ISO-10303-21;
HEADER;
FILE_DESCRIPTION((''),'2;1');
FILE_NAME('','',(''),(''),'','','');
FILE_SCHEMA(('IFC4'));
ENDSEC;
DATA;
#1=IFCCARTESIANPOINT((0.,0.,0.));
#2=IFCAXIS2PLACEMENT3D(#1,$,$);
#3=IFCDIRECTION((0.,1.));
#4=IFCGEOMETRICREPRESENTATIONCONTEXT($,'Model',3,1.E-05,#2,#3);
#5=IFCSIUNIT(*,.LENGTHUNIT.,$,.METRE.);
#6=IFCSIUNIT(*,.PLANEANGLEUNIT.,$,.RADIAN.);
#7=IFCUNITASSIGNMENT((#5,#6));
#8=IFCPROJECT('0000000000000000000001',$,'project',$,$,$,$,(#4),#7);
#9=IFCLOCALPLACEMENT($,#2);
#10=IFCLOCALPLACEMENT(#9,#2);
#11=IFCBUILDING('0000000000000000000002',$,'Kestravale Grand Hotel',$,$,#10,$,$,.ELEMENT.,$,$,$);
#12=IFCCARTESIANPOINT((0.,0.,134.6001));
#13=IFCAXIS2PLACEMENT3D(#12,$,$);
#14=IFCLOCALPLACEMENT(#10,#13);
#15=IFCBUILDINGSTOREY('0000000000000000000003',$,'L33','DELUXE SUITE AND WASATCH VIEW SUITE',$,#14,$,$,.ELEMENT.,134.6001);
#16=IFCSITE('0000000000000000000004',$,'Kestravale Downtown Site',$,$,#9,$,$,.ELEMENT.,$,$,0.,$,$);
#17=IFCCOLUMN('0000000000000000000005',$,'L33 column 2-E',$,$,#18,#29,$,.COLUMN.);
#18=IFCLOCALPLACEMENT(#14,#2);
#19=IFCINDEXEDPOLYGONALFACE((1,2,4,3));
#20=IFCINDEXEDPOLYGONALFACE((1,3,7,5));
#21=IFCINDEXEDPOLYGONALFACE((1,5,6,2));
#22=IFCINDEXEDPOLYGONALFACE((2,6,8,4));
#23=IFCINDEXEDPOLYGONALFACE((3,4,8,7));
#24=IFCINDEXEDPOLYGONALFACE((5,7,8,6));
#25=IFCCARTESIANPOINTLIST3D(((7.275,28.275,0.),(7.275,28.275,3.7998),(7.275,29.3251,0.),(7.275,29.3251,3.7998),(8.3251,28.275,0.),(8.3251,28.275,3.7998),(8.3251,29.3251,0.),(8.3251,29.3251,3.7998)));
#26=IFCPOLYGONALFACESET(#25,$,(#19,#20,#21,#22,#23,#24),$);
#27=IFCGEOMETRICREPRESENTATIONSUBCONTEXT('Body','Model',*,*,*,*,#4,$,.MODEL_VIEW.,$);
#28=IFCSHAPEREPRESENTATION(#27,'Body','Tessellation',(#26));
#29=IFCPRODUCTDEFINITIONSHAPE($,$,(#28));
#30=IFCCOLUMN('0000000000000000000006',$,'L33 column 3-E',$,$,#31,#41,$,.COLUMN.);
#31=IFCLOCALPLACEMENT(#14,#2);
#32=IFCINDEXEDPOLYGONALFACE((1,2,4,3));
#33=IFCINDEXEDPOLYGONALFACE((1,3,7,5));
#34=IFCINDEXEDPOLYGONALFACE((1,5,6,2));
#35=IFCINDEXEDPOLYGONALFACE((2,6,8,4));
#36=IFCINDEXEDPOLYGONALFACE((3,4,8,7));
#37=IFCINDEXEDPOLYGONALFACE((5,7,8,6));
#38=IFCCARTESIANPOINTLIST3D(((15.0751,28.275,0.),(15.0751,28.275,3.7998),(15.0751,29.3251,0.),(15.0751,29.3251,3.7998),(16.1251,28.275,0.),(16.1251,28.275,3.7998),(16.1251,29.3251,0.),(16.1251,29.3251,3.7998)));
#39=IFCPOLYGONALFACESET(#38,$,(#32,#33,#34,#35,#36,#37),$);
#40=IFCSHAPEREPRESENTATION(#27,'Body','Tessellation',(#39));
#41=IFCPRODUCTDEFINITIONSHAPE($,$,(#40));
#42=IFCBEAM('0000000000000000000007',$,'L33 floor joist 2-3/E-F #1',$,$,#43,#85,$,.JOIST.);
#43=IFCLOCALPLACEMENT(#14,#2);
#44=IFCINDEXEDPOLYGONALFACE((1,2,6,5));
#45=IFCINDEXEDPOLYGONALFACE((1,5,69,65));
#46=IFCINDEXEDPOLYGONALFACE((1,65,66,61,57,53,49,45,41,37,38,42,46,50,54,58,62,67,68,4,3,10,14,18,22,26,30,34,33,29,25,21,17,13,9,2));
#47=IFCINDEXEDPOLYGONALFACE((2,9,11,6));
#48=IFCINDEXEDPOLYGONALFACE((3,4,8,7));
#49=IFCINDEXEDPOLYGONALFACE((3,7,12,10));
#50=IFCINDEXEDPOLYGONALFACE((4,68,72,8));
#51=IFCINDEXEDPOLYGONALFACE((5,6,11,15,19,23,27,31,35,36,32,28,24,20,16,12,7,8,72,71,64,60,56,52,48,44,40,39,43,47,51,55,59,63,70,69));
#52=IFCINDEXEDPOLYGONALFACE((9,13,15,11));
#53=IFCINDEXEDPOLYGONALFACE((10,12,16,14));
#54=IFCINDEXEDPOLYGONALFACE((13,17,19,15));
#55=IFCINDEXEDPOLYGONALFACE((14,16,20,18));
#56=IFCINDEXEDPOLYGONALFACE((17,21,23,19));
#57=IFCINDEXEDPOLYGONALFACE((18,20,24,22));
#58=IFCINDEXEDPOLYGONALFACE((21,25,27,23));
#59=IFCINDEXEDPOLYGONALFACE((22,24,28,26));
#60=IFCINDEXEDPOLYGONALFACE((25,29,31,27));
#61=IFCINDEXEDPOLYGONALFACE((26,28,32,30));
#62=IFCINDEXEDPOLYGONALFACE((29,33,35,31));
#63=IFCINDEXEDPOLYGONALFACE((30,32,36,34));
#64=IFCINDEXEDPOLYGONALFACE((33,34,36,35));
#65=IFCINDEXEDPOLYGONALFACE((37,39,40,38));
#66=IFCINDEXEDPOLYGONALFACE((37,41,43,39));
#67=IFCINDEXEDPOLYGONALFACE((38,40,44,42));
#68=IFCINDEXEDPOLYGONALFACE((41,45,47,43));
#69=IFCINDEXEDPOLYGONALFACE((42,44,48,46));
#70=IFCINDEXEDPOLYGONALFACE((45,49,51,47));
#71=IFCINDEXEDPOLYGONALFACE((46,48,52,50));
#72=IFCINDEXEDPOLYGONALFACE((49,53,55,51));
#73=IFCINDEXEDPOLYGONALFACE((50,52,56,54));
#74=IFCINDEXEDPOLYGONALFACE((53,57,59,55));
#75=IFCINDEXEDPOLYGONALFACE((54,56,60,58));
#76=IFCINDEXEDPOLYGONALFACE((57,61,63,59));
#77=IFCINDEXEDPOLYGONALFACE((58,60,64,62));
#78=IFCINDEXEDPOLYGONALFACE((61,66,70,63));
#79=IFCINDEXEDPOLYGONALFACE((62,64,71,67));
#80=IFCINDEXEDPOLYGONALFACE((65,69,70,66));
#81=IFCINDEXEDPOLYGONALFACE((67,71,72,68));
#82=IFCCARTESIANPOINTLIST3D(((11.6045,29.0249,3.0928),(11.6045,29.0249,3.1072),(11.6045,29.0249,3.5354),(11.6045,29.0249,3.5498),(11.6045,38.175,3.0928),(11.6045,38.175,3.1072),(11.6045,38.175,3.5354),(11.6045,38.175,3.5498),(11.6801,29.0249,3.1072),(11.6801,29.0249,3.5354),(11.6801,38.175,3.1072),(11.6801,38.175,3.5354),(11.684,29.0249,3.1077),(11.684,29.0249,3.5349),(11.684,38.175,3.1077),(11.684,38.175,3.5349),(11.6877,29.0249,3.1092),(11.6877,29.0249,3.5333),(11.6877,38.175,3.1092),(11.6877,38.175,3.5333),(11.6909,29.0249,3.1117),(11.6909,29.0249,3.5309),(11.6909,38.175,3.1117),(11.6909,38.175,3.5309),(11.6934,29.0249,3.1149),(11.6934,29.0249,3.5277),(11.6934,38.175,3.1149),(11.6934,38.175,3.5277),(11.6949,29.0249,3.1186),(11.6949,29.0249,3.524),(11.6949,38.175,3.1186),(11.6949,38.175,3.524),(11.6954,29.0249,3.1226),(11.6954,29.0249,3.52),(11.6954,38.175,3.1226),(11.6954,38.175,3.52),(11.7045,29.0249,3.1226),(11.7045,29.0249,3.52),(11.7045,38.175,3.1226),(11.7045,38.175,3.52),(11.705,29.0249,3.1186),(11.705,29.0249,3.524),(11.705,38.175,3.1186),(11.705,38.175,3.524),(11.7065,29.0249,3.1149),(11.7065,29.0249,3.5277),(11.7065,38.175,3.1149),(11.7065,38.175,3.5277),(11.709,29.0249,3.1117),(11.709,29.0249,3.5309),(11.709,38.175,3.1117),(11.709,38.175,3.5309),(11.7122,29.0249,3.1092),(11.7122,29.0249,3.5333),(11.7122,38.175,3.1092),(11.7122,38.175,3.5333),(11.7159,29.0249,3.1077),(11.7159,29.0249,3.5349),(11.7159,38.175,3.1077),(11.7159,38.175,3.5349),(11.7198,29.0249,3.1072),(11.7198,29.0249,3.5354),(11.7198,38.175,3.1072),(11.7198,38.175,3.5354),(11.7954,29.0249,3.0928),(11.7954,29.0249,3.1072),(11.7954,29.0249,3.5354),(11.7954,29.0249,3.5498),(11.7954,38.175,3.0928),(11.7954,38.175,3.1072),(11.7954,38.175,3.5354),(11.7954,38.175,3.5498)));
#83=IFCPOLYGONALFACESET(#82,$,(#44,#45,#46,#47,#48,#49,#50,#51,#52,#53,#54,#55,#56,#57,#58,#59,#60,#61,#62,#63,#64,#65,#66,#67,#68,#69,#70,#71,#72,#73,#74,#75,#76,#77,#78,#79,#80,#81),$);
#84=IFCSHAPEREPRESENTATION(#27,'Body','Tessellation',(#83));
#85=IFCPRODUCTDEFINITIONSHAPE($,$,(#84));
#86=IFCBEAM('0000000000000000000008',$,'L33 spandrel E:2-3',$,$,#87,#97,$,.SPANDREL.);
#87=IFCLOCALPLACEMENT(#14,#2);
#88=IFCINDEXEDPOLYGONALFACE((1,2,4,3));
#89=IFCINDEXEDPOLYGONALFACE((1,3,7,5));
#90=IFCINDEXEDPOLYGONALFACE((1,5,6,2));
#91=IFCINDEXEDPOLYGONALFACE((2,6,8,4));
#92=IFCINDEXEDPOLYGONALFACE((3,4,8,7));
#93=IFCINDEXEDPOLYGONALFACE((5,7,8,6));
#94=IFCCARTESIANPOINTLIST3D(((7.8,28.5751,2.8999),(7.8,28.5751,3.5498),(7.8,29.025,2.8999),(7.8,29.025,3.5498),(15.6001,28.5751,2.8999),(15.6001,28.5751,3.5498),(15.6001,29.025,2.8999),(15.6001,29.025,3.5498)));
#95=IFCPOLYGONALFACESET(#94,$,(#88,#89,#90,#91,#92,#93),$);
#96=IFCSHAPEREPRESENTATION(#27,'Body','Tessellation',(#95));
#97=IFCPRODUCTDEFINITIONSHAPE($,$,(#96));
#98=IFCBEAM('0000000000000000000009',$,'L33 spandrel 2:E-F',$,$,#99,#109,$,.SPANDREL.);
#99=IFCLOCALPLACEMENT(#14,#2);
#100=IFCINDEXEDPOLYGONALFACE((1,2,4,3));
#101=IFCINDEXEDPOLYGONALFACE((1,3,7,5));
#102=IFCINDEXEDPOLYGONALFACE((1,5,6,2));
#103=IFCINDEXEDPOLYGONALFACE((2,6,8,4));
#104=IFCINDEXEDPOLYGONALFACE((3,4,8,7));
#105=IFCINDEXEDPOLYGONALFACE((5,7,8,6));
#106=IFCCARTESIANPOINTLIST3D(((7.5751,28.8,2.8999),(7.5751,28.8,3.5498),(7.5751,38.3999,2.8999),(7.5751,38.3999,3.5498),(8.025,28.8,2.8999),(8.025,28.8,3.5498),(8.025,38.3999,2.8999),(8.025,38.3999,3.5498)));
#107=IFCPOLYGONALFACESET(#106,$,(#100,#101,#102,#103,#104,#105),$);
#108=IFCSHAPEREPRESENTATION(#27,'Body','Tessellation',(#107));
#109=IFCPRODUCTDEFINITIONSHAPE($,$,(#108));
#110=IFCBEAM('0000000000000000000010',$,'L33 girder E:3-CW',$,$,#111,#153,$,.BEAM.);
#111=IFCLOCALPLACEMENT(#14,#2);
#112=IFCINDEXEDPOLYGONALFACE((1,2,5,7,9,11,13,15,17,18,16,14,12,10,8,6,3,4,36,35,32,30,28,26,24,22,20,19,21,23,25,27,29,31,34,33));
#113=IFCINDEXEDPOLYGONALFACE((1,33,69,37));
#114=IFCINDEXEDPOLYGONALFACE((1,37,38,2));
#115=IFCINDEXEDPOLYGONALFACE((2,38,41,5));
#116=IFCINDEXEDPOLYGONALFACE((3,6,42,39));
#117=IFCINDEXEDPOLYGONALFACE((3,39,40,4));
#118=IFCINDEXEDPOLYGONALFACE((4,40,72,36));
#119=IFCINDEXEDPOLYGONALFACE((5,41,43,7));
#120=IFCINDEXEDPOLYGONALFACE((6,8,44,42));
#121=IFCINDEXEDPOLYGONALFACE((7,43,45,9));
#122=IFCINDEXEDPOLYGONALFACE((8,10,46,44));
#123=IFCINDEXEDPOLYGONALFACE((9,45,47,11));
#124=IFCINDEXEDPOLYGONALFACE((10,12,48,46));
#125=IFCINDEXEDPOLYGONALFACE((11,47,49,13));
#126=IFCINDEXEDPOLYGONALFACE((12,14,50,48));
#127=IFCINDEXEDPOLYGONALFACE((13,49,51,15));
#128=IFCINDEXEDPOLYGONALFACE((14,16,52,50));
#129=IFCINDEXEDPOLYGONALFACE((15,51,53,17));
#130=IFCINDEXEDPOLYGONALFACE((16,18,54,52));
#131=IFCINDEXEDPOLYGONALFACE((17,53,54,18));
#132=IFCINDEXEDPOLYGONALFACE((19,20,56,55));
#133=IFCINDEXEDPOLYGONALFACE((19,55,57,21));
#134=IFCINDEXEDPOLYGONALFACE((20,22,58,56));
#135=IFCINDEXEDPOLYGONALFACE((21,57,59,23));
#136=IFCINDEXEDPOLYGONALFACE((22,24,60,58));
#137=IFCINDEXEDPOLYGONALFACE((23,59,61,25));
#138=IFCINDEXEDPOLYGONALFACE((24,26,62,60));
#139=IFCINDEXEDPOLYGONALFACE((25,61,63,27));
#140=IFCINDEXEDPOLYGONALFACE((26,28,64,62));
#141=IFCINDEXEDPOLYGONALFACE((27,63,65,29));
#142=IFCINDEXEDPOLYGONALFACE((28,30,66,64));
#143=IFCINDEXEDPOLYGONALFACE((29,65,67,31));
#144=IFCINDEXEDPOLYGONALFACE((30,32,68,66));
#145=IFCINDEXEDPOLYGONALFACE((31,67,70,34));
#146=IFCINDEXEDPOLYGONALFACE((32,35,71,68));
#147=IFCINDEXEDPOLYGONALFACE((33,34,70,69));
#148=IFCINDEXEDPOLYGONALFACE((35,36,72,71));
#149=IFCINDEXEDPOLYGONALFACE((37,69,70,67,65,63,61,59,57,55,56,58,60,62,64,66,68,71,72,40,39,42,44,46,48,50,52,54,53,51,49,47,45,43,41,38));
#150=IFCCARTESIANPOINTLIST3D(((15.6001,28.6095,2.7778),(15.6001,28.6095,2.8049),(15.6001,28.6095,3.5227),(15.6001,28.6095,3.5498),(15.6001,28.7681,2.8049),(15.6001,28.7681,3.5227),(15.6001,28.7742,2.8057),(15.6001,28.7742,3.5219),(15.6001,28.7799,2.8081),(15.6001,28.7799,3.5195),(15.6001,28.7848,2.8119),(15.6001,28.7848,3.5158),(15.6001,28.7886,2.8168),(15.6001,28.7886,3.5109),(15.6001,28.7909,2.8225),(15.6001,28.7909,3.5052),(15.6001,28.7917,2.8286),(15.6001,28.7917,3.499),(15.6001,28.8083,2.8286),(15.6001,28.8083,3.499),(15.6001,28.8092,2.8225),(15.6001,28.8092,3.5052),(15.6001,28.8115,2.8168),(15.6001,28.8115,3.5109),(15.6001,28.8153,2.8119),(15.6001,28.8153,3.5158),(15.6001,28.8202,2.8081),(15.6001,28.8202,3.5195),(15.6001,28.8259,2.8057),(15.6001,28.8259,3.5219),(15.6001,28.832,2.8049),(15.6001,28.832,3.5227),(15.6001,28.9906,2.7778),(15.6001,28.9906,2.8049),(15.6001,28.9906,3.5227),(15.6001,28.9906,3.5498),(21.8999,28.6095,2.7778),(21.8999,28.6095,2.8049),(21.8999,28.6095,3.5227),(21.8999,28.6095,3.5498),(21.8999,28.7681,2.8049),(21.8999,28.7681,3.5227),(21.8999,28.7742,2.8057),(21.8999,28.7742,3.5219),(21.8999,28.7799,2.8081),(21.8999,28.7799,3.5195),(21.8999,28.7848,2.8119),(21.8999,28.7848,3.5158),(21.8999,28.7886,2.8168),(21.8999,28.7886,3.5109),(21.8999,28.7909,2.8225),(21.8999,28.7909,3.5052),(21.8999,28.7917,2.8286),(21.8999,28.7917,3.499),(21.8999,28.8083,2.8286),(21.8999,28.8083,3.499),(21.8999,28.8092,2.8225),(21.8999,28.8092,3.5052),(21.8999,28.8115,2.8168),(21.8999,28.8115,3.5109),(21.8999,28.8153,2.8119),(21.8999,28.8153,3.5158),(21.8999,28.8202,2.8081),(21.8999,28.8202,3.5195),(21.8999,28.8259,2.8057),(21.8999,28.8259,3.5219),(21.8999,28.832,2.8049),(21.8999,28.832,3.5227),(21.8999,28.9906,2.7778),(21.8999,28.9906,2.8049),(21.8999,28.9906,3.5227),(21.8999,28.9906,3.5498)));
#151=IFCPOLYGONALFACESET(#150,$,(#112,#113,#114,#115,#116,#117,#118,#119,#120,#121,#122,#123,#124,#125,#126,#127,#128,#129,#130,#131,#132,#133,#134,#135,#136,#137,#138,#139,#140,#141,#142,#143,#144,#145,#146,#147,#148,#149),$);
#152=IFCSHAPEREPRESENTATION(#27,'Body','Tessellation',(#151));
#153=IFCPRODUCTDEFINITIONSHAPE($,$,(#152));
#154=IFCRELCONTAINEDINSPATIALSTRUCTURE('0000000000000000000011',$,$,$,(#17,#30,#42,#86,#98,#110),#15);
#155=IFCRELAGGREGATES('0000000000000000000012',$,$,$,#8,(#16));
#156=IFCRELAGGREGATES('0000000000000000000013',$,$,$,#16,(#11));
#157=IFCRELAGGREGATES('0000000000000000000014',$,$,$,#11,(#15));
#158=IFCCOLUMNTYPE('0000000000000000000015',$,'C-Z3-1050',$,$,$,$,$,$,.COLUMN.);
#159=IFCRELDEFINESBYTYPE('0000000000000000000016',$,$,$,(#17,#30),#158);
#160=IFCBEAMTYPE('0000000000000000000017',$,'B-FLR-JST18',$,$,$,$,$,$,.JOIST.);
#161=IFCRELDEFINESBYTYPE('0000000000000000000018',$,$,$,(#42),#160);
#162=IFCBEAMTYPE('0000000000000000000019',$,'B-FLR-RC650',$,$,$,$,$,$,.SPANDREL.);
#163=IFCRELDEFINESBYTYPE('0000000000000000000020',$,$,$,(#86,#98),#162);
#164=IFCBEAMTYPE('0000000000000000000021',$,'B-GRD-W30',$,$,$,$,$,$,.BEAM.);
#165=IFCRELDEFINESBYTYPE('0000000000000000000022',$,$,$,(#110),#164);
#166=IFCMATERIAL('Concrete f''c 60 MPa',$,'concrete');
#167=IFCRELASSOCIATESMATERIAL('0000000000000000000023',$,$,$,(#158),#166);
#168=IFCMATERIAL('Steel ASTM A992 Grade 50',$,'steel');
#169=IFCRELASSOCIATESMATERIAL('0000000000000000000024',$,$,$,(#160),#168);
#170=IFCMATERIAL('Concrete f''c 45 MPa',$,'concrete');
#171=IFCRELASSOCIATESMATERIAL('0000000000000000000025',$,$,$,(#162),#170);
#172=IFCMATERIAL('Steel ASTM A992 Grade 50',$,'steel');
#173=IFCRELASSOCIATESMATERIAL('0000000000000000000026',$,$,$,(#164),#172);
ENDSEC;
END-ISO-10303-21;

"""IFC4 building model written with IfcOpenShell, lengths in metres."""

from ifc_helpers import new_model, si_unit, direction, frame, origin, origin_2d, place, context, subcontext, project, spatial, rectangle, i_section, extrude, material, material_profile, profile_set, type_object, element, save


model = new_model("IFC4")

# Units and contexts
model_context = context("Model", 3, precision=1e-05, world=origin(), true_north=direction((0.0, 1.0)))
body_context = subcontext(model_context, "Body", "Model", "MODEL_VIEW")
ifc_project = project(units=[si_unit("LENGTHUNIT", "METRE"), si_unit("PLANEANGLEUNIT", "RADIAN")], contexts=[model_context])

# Site, building, storey
site_placement = place(None, origin())
site = spatial("IfcSite", under=ifc_project, at=site_placement, Name="Kestravale Downtown Site", CompositionType="ELEMENT", RefElevation=0.0)
building_placement = place(site_placement, origin())
building = spatial("IfcBuilding", under=site, at=building_placement, Name="Kestravale Grand Hotel", CompositionType="ELEMENT")
storey_placement = place(building_placement, frame((0.0, 0.0, 134.6001)))
storey = spatial("IfcBuildingStorey", under=building, at=storey_placement, Name="L33", Description="DELUXE SUITE AND WASATCH VIEW SUITE", CompositionType="ELEMENT", Elevation=134.6001)

# Columns
ifc_material_1 = material(Name="Concrete f'c 60 MPa", Category="concrete")
ifc_material_profile_1 = material_profile(ifc_material_1, rectangle(XDim=1.05, YDim=1.05, at=origin_2d()))
ifc_profile_set_1 = profile_set([ifc_material_profile_1], Name="Concrete f'c 60 MPa")
column_type = type_object("IfcColumnType", Name="C-Z3-1050", PredefinedType="COLUMN", material=ifc_profile_set_1)
for number, where, z_axis, x_axis, name in (
    (1, (7.8, 28.8, 0.0), (0.0, 0.0, 1.0), (1.0, 0.0, 0.0), "L33 column 2-E"),
    (2, (15.6001, 28.8, 0.0), (0.0, 0.0, 1.0), (1.0, 0.0, 0.0), "L33 column 3-E"),
):
    element("IfcColumn", number, at=place(storey_placement, frame(where, z_axis=z_axis, x_axis=x_axis)), inside=storey, type_object=column_type, Name=name, PredefinedType="COLUMN", context=body_context, shape_type="SweptSolid", body=[
        extrude(rectangle(XDim=1.05, YDim=1.05, at=origin_2d()), origin(), (0.0, 0.0, 1.0), 3.7998),
    ])

# Beams
ifc_material_2 = material(Name="Steel ASTM A992 Grade 50", Category="steel")
ifc_material_profile_2 = material_profile(ifc_material_2, i_section(OverallWidth=0.1909, OverallDepth=0.457, WebThickness=0.009, FlangeThickness=0.0144, FilletRadius=0.0154, at=origin_2d()))
ifc_profile_set_2 = profile_set([ifc_material_profile_2], Name="Steel ASTM A992 Grade 50")
beam_type_1 = type_object("IfcBeamType", Name="B-FLR-JST18", PredefinedType="JOIST", material=ifc_profile_set_2)
beam_1_placement = place(storey_placement, frame((11.7, 29.0249, 3.3213), z_axis=(0.0, 1.0, 0.0), x_axis=(-1.0, 0.0, 0.0)))
element("IfcBeam", 3, at=beam_1_placement, inside=storey, type_object=beam_type_1, Name="L33 floor joist 2-3/E-F #1", PredefinedType="JOIST", context=body_context, shape_type="SweptSolid", body=[
    extrude(i_section(OverallWidth=0.1909, OverallDepth=0.457, WebThickness=0.009, FlangeThickness=0.0144, FilletRadius=0.0154, at=origin_2d()), origin(), (0.0, 0.0, 1.0), 9.1501),
])
ifc_material_3 = material(Name="Concrete f'c 45 MPa", Category="concrete")
ifc_material_profile_3 = material_profile(ifc_material_3, rectangle(XDim=0.45, YDim=0.6499, at=origin_2d()))
ifc_profile_set_3 = profile_set([ifc_material_profile_3], Name="Concrete f'c 45 MPa")
beam_type_2 = type_object("IfcBeamType", Name="B-FLR-RC650", PredefinedType="SPANDREL", material=ifc_profile_set_3)
beam_2_placement = place(storey_placement, frame((7.8, 28.8, 3.2249), z_axis=(1.0, 0.0, 0.0), x_axis=(0.0, 1.0, 0.0)))
element("IfcBeam", 4, at=beam_2_placement, inside=storey, type_object=beam_type_2, Name="L33 spandrel E:2-3", PredefinedType="SPANDREL", context=body_context, shape_type="SweptSolid", body=[
    extrude(rectangle(XDim=0.45, YDim=0.6499, at=origin_2d()), origin(), (0.0, 0.0, 1.0), 7.8),
])
beam_3_placement = place(storey_placement, frame((7.8, 28.8, 3.2249), z_axis=(0.0, 1.0, 0.0), x_axis=(-1.0, 0.0, 0.0)))
element("IfcBeam", 5, at=beam_3_placement, inside=storey, type_object=beam_type_2, Name="L33 spandrel 2:E-F", PredefinedType="SPANDREL", context=body_context, shape_type="SweptSolid", body=[
    extrude(rectangle(XDim=0.45, YDim=0.6499, at=origin_2d()), origin(), (0.0, 0.0, 1.0), 9.5999),
])
ifc_material_4 = material(Name="Steel ASTM A992 Grade 50", Category="steel")
ifc_material_profile_4 = material_profile(ifc_material_4, i_section(OverallWidth=0.3811, OverallDepth=0.772, WebThickness=0.0166, FlangeThickness=0.0271, FilletRadius=0.0237, at=origin_2d()))
ifc_profile_set_4 = profile_set([ifc_material_profile_4], Name="Steel ASTM A992 Grade 50")
beam_type_3 = type_object("IfcBeamType", Name="B-GRD-W30", PredefinedType="BEAM", material=ifc_profile_set_4)
beam_4_placement = place(storey_placement, frame((15.6001, 28.8, 3.1638), z_axis=(1.0, 0.0, 0.0), x_axis=(0.0, 1.0, 0.0)))
element("IfcBeam", 6, at=beam_4_placement, inside=storey, type_object=beam_type_3, Name="L33 girder E:3-CW", PredefinedType="BEAM", context=body_context, shape_type="SweptSolid", body=[
    extrude(i_section(OverallWidth=0.3811, OverallDepth=0.772, WebThickness=0.0166, FlangeThickness=0.0271, FilletRadius=0.0237, at=origin_2d()), origin(), (0.0, 0.0, 1.0), 6.2998),
])

save(model, "model.ifc")
